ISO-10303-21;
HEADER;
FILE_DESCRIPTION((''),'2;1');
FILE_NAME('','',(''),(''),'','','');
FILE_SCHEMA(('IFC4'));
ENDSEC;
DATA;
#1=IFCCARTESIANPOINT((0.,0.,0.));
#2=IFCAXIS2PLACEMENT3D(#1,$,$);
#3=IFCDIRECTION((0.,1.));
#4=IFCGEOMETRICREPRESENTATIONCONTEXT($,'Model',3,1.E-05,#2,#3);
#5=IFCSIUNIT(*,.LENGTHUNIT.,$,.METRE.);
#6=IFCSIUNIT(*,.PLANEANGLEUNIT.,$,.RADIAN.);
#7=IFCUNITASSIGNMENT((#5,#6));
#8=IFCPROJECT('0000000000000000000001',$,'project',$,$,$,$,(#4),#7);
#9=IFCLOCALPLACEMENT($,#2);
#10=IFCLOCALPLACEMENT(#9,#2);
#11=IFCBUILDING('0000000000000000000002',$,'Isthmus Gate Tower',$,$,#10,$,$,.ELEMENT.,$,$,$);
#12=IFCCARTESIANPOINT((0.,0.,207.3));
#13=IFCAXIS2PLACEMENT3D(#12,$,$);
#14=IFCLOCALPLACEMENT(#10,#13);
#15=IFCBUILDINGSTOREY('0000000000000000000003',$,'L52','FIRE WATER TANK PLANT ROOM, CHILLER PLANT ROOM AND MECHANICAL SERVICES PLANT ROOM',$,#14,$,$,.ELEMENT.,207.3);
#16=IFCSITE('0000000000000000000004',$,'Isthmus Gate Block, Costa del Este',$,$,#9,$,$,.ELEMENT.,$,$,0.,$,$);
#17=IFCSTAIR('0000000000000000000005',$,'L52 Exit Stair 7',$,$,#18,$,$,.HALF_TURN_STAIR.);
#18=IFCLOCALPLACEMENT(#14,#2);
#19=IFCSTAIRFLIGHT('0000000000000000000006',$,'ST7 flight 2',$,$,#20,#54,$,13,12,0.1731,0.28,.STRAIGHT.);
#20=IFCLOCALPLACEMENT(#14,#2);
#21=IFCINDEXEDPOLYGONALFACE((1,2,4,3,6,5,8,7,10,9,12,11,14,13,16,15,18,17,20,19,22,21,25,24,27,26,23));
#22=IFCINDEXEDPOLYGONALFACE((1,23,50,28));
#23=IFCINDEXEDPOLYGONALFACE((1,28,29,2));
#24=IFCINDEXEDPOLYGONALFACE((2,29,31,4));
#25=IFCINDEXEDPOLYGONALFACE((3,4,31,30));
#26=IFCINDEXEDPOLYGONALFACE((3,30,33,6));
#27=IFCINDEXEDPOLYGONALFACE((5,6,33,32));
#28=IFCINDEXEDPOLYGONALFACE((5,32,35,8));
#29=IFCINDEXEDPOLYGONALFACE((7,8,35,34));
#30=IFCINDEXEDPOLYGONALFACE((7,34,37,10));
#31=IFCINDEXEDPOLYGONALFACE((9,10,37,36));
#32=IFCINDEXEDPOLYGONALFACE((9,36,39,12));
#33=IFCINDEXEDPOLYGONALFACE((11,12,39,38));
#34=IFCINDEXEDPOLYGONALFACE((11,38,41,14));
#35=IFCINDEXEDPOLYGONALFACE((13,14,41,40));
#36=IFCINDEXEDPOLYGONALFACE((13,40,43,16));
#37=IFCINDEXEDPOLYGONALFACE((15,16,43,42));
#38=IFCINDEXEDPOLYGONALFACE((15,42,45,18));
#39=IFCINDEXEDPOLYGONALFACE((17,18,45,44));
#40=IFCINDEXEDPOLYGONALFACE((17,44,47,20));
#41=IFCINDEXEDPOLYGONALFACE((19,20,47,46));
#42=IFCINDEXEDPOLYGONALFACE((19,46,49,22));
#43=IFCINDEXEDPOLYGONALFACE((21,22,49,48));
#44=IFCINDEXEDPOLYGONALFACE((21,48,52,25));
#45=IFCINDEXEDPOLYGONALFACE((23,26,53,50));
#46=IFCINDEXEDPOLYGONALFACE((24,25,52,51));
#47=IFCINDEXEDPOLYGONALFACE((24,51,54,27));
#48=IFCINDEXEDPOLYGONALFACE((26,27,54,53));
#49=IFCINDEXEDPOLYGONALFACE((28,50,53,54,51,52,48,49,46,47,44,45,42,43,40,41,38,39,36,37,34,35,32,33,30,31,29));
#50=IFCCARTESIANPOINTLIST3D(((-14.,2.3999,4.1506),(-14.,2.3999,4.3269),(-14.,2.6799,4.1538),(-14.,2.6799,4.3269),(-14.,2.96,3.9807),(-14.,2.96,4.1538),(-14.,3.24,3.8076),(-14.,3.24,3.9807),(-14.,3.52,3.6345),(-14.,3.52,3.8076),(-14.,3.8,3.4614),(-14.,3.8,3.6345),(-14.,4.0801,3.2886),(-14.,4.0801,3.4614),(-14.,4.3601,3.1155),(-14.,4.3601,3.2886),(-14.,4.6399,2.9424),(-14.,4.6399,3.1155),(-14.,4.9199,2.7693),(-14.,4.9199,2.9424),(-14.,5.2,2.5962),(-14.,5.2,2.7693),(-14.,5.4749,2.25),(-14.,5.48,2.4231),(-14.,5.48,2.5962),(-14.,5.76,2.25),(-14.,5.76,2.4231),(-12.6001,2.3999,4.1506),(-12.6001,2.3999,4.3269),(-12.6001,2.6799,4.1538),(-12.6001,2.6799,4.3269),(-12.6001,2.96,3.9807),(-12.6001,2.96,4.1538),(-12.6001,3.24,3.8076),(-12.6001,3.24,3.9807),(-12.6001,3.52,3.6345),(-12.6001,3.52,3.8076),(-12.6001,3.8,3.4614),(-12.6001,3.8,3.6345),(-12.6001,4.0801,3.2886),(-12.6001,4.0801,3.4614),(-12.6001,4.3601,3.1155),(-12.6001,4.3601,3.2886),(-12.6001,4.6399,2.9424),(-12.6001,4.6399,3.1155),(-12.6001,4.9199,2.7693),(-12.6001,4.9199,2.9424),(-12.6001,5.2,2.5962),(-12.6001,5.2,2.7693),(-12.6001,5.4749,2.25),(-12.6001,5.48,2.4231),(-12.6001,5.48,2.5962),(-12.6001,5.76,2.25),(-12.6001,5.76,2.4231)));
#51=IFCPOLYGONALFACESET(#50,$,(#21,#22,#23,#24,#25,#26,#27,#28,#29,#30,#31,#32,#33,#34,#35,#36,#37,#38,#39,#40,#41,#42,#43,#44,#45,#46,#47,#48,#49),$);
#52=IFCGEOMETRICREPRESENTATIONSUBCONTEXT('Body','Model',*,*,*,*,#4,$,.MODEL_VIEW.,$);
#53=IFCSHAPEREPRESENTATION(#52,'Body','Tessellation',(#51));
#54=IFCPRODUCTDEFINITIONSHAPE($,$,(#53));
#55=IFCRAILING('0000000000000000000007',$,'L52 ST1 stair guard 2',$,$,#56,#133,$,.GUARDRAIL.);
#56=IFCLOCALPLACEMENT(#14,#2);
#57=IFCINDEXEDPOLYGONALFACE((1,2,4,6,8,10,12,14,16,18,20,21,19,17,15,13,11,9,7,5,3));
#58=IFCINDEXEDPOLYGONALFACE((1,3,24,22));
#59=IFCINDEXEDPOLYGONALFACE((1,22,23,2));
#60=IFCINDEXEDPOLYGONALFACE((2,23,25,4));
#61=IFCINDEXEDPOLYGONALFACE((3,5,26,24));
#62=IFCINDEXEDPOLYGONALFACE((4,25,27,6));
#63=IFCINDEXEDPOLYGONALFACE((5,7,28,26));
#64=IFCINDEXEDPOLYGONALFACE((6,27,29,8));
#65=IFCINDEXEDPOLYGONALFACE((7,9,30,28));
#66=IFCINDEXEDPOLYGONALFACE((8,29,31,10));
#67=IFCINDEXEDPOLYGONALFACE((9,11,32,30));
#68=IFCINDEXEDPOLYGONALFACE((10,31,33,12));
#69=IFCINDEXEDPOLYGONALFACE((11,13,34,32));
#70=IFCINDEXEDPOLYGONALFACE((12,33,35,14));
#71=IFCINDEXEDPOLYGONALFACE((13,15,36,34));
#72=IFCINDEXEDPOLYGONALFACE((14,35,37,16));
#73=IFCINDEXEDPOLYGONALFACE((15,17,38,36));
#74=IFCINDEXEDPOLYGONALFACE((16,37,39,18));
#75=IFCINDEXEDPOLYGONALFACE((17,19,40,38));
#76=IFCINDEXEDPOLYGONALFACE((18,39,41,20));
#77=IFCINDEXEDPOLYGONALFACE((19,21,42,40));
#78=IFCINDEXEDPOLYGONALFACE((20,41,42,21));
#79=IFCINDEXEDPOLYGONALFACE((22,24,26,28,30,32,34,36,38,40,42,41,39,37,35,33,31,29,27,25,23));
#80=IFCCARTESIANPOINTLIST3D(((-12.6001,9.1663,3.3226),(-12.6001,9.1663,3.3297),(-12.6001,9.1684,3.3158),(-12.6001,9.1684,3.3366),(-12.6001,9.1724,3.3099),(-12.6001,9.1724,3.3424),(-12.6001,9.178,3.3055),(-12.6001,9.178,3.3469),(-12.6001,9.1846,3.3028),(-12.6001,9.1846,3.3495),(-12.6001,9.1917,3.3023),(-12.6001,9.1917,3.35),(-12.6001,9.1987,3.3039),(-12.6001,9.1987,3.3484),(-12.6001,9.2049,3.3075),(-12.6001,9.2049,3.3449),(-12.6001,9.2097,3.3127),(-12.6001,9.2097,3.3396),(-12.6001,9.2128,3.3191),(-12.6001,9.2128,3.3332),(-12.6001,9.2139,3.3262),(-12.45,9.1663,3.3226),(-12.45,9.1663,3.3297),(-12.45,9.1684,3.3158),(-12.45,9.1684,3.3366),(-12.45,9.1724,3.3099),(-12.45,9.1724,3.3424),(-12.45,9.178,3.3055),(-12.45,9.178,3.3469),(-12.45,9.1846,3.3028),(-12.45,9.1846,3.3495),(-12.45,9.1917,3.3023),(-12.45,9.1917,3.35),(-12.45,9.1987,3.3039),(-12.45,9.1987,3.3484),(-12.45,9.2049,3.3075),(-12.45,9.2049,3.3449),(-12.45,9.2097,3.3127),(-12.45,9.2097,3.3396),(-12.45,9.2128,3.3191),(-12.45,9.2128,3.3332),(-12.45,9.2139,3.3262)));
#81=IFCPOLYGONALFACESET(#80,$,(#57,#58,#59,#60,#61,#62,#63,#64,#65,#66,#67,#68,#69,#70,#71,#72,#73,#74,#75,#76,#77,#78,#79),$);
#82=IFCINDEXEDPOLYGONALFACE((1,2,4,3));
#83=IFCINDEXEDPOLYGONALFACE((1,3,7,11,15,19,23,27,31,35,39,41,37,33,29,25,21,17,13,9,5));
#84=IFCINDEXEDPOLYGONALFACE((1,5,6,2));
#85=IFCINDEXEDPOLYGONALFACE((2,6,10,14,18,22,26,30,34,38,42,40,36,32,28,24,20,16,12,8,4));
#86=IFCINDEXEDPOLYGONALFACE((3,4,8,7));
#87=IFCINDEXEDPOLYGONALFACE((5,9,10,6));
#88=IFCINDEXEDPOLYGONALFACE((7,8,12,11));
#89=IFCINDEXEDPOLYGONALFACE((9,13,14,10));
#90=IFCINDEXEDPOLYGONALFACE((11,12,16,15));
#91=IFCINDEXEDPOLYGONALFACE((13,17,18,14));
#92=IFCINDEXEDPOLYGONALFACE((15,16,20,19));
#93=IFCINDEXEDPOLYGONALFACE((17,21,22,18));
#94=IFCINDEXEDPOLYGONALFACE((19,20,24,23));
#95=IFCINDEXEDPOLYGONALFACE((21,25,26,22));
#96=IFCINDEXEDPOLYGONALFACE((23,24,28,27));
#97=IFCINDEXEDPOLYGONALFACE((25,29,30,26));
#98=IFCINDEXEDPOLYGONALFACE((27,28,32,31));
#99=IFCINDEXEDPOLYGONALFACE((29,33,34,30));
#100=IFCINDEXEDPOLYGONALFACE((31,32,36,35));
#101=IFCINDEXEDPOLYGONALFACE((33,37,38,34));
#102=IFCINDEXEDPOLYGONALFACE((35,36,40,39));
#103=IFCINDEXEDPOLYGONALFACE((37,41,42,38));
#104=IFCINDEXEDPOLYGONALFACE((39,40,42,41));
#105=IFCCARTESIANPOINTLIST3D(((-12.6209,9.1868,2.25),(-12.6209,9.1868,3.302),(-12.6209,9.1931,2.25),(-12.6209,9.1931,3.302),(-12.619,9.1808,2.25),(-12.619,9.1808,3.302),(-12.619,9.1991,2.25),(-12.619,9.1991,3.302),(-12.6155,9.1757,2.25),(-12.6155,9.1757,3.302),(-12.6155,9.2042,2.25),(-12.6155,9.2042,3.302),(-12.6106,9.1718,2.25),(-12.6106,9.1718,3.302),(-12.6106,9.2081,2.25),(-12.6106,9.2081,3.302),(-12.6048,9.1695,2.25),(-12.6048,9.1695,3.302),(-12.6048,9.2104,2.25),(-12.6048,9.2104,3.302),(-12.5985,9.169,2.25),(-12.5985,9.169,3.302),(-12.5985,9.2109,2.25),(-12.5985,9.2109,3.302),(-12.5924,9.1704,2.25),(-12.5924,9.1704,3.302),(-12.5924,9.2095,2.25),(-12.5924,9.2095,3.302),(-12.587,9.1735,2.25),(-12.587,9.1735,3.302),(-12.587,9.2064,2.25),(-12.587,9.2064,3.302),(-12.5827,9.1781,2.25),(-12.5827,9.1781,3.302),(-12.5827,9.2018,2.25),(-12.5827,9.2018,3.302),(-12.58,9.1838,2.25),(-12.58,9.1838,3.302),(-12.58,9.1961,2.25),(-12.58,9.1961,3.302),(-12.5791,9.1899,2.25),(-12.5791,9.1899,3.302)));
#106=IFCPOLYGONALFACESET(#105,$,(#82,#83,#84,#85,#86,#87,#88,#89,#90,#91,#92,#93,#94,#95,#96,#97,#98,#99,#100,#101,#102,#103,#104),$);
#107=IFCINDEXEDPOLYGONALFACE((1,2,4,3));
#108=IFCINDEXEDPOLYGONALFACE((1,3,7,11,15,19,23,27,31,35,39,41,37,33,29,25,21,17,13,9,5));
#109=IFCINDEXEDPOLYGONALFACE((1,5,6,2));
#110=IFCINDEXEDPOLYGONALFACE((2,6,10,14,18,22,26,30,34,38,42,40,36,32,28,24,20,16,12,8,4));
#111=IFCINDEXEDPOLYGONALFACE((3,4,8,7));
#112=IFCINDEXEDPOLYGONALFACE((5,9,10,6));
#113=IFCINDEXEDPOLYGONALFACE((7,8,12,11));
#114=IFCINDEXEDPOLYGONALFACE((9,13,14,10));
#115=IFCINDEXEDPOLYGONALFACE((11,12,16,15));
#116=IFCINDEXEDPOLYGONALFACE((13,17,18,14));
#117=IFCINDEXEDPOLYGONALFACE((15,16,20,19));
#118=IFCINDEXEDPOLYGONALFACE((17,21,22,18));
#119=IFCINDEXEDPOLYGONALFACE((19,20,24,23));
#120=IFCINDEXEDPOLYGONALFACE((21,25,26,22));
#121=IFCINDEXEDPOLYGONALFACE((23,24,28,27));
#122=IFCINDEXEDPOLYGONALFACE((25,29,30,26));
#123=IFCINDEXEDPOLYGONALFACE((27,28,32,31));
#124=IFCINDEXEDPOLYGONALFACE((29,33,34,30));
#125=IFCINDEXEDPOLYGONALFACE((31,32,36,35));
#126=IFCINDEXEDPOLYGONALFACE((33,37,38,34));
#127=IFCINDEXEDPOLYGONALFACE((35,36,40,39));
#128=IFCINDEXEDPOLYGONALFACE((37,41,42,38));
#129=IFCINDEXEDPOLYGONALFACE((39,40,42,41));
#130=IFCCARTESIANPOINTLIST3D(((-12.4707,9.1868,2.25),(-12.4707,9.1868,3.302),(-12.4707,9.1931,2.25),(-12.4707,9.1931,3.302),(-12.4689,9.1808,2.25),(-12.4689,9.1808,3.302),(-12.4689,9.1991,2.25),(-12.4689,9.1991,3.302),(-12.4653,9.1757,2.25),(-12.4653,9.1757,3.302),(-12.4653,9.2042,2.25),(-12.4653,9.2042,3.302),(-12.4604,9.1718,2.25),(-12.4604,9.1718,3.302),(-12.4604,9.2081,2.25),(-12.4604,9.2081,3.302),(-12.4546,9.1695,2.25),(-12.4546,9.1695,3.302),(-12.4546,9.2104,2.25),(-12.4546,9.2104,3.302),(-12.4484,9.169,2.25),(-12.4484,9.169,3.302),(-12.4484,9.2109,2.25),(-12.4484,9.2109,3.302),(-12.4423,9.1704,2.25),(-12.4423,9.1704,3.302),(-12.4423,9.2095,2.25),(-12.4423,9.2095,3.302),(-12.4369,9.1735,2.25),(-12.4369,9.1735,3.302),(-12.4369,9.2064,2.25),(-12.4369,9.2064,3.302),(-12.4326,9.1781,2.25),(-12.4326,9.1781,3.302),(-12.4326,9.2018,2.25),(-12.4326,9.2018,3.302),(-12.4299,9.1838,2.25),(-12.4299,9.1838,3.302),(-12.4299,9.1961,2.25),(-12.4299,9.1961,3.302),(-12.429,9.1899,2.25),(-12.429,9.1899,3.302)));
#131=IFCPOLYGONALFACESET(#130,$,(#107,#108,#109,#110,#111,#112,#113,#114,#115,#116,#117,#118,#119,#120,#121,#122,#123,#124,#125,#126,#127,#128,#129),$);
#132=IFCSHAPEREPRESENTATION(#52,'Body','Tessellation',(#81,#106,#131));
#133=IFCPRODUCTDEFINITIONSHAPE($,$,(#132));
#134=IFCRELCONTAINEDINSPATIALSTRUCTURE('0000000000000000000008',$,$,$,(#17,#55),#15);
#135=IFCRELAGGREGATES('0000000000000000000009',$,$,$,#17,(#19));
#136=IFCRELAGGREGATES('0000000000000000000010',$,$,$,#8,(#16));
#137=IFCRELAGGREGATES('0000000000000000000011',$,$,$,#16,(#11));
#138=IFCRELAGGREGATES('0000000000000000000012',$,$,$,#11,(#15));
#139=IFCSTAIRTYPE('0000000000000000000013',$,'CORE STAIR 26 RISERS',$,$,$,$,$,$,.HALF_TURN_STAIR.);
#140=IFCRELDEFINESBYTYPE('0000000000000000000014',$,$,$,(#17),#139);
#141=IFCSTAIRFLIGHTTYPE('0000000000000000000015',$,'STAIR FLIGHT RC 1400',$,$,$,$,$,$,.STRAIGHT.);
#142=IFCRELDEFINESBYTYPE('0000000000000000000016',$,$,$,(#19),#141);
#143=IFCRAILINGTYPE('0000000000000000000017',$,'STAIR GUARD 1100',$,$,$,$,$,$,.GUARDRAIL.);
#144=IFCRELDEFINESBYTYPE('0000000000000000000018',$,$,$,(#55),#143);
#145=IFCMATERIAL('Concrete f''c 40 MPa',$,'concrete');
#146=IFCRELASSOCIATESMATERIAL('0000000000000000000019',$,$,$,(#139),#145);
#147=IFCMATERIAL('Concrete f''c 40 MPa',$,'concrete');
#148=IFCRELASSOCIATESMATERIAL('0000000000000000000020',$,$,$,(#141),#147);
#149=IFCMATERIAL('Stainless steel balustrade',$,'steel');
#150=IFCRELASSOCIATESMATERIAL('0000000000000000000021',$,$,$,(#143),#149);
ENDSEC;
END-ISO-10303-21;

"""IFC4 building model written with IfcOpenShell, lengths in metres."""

from ifc_helpers import new_model, si_unit, direction, frame, origin, origin_2d, place, context, subcontext, project, spatial, polyline, circle, outline, extrude, material, type_object, element, aggregate, save


model = new_model("IFC4")

# Units and contexts
model_context = context("Model", 3, precision=1e-05, world=origin(), true_north=direction((0.0, 1.0)))
body_context = subcontext(model_context, "Body", "Model", "MODEL_VIEW")
ifc_project = project(units=[si_unit("LENGTHUNIT", "METRE"), si_unit("PLANEANGLEUNIT", "RADIAN")], contexts=[model_context])

# Site, building, storey
site_placement = place(None, origin())
site = spatial("IfcSite", under=ifc_project, at=site_placement, Name="Isthmus Gate Block, Costa del Este", CompositionType="ELEMENT", RefElevation=0.0)
building_placement = place(site_placement, origin())
building = spatial("IfcBuilding", under=site, at=building_placement, Name="Isthmus Gate Tower", CompositionType="ELEMENT")
storey_placement = place(building_placement, frame((0.0, 0.0, 207.3)))
storey = spatial("IfcBuildingStorey", under=building, at=storey_placement, Name="L52", Description="FIRE WATER TANK PLANT ROOM, CHILLER PLANT ROOM AND MECHANICAL SERVICES PLANT ROOM", CompositionType="ELEMENT", Elevation=207.3)

# Stair, stair flight
ifc_material_1 = material(Name="Concrete f'c 40 MPa", Category="concrete")
stair_type = type_object("IfcStairType", Name="CORE STAIR 26 RISERS", PredefinedType="HALF_TURN_STAIR", material=ifc_material_1)
stair_placement = place(storey_placement, origin())
stair = element("IfcStair", 1, at=stair_placement, inside=storey, type_object=stair_type, Name="L52 Exit Stair 7", PredefinedType="HALF_TURN_STAIR")
ifc_material_2 = material(Name="Concrete f'c 40 MPa", Category="concrete")
stair_flight_type = type_object("IfcStairFlightType", Name="STAIR FLIGHT RC 1400", PredefinedType="STRAIGHT", material=ifc_material_2)
stair_flight_placement = place(storey_placement, frame((-13.3, 5.76, 2.25), z_axis=(0.0, 0.0, 1.0), x_axis=(0.0, -1.0, 0.0)))
stair_flight = element("IfcStairFlight", 2, at=stair_flight_placement, type_object=stair_flight_type, Name="ST7 flight 2", NumberOfRisers=13, NumberOfTreads=12, PredefinedType="STRAIGHT", RiserHeight=0.1731, TreadLength=0.28, context=body_context, shape_type="SweptSolid", body=[
    extrude(outline(polyline([(0.0, 0.0), (0.0, 0.1731), (0.28, 0.1731), (0.28, 0.3462), (0.5601, 0.3462), (0.5601, 0.5193), (0.8401, 0.5193), (0.8401, 0.6924), (1.1201, 0.6924), (1.1201, 0.8655), (1.3999, 0.8655), (1.3999, 1.0386), (1.6799, 1.0386), (1.6799, 1.2114), (1.96, 1.2114), (1.96, 1.3845), (2.24, 1.3845), (2.24, 1.5576), (2.52, 1.5576), (2.52, 1.7307), (2.8, 1.7307), (2.8, 1.9038), (3.0801, 1.9038), (3.0801, 2.0769), (3.3601, 2.0769), (3.3601, 2.25), (3.3601, 1.9006), (0.2852, 0.0), (0.0, 0.0)])), frame((0.0, 0.7, 0.0), z_axis=(0.0, -1.0, 0.0), x_axis=(1.0, 0.0, 0.0)), (0.0, 0.0, 1.0), 1.3999),
])
aggregate(stair, [stair_flight])

# Railing
ifc_material_3 = material(Name="Stainless steel balustrade", Category="steel")
railing_type_1 = type_object("IfcRailingType", Name="STAIR GUARD 1100", PredefinedType="GUARDRAIL", material=ifc_material_3)
railing_1_placement = place(storey_placement, frame((-12.6001, 9.1899, 2.25)))
element("IfcRailing", 3, at=railing_1_placement, inside=storey, type_object=railing_type_1, Name="L52 ST1 stair guard 2", PredefinedType="GUARDRAIL", context=body_context, shape_type="SweptSolid", body=[
    extrude(circle(Radius=0.0239, at=origin_2d()), frame((0.0, 0.0, 1.0762), z_axis=(1.0, 0.0, 0.0), x_axis=(0.0, 1.0, 0.0)), (0.0, 0.0, 1.0), 0.1501),
    extrude(circle(Radius=0.021, at=origin_2d()), origin(), (0.0, 0.0, 1.0), 1.052),
    extrude(circle(Radius=0.021, at=origin_2d()), frame((0.1501, 0.0, 0.0)), (0.0, 0.0, 1.0), 1.052),
])

save(model, "model.ifc")
